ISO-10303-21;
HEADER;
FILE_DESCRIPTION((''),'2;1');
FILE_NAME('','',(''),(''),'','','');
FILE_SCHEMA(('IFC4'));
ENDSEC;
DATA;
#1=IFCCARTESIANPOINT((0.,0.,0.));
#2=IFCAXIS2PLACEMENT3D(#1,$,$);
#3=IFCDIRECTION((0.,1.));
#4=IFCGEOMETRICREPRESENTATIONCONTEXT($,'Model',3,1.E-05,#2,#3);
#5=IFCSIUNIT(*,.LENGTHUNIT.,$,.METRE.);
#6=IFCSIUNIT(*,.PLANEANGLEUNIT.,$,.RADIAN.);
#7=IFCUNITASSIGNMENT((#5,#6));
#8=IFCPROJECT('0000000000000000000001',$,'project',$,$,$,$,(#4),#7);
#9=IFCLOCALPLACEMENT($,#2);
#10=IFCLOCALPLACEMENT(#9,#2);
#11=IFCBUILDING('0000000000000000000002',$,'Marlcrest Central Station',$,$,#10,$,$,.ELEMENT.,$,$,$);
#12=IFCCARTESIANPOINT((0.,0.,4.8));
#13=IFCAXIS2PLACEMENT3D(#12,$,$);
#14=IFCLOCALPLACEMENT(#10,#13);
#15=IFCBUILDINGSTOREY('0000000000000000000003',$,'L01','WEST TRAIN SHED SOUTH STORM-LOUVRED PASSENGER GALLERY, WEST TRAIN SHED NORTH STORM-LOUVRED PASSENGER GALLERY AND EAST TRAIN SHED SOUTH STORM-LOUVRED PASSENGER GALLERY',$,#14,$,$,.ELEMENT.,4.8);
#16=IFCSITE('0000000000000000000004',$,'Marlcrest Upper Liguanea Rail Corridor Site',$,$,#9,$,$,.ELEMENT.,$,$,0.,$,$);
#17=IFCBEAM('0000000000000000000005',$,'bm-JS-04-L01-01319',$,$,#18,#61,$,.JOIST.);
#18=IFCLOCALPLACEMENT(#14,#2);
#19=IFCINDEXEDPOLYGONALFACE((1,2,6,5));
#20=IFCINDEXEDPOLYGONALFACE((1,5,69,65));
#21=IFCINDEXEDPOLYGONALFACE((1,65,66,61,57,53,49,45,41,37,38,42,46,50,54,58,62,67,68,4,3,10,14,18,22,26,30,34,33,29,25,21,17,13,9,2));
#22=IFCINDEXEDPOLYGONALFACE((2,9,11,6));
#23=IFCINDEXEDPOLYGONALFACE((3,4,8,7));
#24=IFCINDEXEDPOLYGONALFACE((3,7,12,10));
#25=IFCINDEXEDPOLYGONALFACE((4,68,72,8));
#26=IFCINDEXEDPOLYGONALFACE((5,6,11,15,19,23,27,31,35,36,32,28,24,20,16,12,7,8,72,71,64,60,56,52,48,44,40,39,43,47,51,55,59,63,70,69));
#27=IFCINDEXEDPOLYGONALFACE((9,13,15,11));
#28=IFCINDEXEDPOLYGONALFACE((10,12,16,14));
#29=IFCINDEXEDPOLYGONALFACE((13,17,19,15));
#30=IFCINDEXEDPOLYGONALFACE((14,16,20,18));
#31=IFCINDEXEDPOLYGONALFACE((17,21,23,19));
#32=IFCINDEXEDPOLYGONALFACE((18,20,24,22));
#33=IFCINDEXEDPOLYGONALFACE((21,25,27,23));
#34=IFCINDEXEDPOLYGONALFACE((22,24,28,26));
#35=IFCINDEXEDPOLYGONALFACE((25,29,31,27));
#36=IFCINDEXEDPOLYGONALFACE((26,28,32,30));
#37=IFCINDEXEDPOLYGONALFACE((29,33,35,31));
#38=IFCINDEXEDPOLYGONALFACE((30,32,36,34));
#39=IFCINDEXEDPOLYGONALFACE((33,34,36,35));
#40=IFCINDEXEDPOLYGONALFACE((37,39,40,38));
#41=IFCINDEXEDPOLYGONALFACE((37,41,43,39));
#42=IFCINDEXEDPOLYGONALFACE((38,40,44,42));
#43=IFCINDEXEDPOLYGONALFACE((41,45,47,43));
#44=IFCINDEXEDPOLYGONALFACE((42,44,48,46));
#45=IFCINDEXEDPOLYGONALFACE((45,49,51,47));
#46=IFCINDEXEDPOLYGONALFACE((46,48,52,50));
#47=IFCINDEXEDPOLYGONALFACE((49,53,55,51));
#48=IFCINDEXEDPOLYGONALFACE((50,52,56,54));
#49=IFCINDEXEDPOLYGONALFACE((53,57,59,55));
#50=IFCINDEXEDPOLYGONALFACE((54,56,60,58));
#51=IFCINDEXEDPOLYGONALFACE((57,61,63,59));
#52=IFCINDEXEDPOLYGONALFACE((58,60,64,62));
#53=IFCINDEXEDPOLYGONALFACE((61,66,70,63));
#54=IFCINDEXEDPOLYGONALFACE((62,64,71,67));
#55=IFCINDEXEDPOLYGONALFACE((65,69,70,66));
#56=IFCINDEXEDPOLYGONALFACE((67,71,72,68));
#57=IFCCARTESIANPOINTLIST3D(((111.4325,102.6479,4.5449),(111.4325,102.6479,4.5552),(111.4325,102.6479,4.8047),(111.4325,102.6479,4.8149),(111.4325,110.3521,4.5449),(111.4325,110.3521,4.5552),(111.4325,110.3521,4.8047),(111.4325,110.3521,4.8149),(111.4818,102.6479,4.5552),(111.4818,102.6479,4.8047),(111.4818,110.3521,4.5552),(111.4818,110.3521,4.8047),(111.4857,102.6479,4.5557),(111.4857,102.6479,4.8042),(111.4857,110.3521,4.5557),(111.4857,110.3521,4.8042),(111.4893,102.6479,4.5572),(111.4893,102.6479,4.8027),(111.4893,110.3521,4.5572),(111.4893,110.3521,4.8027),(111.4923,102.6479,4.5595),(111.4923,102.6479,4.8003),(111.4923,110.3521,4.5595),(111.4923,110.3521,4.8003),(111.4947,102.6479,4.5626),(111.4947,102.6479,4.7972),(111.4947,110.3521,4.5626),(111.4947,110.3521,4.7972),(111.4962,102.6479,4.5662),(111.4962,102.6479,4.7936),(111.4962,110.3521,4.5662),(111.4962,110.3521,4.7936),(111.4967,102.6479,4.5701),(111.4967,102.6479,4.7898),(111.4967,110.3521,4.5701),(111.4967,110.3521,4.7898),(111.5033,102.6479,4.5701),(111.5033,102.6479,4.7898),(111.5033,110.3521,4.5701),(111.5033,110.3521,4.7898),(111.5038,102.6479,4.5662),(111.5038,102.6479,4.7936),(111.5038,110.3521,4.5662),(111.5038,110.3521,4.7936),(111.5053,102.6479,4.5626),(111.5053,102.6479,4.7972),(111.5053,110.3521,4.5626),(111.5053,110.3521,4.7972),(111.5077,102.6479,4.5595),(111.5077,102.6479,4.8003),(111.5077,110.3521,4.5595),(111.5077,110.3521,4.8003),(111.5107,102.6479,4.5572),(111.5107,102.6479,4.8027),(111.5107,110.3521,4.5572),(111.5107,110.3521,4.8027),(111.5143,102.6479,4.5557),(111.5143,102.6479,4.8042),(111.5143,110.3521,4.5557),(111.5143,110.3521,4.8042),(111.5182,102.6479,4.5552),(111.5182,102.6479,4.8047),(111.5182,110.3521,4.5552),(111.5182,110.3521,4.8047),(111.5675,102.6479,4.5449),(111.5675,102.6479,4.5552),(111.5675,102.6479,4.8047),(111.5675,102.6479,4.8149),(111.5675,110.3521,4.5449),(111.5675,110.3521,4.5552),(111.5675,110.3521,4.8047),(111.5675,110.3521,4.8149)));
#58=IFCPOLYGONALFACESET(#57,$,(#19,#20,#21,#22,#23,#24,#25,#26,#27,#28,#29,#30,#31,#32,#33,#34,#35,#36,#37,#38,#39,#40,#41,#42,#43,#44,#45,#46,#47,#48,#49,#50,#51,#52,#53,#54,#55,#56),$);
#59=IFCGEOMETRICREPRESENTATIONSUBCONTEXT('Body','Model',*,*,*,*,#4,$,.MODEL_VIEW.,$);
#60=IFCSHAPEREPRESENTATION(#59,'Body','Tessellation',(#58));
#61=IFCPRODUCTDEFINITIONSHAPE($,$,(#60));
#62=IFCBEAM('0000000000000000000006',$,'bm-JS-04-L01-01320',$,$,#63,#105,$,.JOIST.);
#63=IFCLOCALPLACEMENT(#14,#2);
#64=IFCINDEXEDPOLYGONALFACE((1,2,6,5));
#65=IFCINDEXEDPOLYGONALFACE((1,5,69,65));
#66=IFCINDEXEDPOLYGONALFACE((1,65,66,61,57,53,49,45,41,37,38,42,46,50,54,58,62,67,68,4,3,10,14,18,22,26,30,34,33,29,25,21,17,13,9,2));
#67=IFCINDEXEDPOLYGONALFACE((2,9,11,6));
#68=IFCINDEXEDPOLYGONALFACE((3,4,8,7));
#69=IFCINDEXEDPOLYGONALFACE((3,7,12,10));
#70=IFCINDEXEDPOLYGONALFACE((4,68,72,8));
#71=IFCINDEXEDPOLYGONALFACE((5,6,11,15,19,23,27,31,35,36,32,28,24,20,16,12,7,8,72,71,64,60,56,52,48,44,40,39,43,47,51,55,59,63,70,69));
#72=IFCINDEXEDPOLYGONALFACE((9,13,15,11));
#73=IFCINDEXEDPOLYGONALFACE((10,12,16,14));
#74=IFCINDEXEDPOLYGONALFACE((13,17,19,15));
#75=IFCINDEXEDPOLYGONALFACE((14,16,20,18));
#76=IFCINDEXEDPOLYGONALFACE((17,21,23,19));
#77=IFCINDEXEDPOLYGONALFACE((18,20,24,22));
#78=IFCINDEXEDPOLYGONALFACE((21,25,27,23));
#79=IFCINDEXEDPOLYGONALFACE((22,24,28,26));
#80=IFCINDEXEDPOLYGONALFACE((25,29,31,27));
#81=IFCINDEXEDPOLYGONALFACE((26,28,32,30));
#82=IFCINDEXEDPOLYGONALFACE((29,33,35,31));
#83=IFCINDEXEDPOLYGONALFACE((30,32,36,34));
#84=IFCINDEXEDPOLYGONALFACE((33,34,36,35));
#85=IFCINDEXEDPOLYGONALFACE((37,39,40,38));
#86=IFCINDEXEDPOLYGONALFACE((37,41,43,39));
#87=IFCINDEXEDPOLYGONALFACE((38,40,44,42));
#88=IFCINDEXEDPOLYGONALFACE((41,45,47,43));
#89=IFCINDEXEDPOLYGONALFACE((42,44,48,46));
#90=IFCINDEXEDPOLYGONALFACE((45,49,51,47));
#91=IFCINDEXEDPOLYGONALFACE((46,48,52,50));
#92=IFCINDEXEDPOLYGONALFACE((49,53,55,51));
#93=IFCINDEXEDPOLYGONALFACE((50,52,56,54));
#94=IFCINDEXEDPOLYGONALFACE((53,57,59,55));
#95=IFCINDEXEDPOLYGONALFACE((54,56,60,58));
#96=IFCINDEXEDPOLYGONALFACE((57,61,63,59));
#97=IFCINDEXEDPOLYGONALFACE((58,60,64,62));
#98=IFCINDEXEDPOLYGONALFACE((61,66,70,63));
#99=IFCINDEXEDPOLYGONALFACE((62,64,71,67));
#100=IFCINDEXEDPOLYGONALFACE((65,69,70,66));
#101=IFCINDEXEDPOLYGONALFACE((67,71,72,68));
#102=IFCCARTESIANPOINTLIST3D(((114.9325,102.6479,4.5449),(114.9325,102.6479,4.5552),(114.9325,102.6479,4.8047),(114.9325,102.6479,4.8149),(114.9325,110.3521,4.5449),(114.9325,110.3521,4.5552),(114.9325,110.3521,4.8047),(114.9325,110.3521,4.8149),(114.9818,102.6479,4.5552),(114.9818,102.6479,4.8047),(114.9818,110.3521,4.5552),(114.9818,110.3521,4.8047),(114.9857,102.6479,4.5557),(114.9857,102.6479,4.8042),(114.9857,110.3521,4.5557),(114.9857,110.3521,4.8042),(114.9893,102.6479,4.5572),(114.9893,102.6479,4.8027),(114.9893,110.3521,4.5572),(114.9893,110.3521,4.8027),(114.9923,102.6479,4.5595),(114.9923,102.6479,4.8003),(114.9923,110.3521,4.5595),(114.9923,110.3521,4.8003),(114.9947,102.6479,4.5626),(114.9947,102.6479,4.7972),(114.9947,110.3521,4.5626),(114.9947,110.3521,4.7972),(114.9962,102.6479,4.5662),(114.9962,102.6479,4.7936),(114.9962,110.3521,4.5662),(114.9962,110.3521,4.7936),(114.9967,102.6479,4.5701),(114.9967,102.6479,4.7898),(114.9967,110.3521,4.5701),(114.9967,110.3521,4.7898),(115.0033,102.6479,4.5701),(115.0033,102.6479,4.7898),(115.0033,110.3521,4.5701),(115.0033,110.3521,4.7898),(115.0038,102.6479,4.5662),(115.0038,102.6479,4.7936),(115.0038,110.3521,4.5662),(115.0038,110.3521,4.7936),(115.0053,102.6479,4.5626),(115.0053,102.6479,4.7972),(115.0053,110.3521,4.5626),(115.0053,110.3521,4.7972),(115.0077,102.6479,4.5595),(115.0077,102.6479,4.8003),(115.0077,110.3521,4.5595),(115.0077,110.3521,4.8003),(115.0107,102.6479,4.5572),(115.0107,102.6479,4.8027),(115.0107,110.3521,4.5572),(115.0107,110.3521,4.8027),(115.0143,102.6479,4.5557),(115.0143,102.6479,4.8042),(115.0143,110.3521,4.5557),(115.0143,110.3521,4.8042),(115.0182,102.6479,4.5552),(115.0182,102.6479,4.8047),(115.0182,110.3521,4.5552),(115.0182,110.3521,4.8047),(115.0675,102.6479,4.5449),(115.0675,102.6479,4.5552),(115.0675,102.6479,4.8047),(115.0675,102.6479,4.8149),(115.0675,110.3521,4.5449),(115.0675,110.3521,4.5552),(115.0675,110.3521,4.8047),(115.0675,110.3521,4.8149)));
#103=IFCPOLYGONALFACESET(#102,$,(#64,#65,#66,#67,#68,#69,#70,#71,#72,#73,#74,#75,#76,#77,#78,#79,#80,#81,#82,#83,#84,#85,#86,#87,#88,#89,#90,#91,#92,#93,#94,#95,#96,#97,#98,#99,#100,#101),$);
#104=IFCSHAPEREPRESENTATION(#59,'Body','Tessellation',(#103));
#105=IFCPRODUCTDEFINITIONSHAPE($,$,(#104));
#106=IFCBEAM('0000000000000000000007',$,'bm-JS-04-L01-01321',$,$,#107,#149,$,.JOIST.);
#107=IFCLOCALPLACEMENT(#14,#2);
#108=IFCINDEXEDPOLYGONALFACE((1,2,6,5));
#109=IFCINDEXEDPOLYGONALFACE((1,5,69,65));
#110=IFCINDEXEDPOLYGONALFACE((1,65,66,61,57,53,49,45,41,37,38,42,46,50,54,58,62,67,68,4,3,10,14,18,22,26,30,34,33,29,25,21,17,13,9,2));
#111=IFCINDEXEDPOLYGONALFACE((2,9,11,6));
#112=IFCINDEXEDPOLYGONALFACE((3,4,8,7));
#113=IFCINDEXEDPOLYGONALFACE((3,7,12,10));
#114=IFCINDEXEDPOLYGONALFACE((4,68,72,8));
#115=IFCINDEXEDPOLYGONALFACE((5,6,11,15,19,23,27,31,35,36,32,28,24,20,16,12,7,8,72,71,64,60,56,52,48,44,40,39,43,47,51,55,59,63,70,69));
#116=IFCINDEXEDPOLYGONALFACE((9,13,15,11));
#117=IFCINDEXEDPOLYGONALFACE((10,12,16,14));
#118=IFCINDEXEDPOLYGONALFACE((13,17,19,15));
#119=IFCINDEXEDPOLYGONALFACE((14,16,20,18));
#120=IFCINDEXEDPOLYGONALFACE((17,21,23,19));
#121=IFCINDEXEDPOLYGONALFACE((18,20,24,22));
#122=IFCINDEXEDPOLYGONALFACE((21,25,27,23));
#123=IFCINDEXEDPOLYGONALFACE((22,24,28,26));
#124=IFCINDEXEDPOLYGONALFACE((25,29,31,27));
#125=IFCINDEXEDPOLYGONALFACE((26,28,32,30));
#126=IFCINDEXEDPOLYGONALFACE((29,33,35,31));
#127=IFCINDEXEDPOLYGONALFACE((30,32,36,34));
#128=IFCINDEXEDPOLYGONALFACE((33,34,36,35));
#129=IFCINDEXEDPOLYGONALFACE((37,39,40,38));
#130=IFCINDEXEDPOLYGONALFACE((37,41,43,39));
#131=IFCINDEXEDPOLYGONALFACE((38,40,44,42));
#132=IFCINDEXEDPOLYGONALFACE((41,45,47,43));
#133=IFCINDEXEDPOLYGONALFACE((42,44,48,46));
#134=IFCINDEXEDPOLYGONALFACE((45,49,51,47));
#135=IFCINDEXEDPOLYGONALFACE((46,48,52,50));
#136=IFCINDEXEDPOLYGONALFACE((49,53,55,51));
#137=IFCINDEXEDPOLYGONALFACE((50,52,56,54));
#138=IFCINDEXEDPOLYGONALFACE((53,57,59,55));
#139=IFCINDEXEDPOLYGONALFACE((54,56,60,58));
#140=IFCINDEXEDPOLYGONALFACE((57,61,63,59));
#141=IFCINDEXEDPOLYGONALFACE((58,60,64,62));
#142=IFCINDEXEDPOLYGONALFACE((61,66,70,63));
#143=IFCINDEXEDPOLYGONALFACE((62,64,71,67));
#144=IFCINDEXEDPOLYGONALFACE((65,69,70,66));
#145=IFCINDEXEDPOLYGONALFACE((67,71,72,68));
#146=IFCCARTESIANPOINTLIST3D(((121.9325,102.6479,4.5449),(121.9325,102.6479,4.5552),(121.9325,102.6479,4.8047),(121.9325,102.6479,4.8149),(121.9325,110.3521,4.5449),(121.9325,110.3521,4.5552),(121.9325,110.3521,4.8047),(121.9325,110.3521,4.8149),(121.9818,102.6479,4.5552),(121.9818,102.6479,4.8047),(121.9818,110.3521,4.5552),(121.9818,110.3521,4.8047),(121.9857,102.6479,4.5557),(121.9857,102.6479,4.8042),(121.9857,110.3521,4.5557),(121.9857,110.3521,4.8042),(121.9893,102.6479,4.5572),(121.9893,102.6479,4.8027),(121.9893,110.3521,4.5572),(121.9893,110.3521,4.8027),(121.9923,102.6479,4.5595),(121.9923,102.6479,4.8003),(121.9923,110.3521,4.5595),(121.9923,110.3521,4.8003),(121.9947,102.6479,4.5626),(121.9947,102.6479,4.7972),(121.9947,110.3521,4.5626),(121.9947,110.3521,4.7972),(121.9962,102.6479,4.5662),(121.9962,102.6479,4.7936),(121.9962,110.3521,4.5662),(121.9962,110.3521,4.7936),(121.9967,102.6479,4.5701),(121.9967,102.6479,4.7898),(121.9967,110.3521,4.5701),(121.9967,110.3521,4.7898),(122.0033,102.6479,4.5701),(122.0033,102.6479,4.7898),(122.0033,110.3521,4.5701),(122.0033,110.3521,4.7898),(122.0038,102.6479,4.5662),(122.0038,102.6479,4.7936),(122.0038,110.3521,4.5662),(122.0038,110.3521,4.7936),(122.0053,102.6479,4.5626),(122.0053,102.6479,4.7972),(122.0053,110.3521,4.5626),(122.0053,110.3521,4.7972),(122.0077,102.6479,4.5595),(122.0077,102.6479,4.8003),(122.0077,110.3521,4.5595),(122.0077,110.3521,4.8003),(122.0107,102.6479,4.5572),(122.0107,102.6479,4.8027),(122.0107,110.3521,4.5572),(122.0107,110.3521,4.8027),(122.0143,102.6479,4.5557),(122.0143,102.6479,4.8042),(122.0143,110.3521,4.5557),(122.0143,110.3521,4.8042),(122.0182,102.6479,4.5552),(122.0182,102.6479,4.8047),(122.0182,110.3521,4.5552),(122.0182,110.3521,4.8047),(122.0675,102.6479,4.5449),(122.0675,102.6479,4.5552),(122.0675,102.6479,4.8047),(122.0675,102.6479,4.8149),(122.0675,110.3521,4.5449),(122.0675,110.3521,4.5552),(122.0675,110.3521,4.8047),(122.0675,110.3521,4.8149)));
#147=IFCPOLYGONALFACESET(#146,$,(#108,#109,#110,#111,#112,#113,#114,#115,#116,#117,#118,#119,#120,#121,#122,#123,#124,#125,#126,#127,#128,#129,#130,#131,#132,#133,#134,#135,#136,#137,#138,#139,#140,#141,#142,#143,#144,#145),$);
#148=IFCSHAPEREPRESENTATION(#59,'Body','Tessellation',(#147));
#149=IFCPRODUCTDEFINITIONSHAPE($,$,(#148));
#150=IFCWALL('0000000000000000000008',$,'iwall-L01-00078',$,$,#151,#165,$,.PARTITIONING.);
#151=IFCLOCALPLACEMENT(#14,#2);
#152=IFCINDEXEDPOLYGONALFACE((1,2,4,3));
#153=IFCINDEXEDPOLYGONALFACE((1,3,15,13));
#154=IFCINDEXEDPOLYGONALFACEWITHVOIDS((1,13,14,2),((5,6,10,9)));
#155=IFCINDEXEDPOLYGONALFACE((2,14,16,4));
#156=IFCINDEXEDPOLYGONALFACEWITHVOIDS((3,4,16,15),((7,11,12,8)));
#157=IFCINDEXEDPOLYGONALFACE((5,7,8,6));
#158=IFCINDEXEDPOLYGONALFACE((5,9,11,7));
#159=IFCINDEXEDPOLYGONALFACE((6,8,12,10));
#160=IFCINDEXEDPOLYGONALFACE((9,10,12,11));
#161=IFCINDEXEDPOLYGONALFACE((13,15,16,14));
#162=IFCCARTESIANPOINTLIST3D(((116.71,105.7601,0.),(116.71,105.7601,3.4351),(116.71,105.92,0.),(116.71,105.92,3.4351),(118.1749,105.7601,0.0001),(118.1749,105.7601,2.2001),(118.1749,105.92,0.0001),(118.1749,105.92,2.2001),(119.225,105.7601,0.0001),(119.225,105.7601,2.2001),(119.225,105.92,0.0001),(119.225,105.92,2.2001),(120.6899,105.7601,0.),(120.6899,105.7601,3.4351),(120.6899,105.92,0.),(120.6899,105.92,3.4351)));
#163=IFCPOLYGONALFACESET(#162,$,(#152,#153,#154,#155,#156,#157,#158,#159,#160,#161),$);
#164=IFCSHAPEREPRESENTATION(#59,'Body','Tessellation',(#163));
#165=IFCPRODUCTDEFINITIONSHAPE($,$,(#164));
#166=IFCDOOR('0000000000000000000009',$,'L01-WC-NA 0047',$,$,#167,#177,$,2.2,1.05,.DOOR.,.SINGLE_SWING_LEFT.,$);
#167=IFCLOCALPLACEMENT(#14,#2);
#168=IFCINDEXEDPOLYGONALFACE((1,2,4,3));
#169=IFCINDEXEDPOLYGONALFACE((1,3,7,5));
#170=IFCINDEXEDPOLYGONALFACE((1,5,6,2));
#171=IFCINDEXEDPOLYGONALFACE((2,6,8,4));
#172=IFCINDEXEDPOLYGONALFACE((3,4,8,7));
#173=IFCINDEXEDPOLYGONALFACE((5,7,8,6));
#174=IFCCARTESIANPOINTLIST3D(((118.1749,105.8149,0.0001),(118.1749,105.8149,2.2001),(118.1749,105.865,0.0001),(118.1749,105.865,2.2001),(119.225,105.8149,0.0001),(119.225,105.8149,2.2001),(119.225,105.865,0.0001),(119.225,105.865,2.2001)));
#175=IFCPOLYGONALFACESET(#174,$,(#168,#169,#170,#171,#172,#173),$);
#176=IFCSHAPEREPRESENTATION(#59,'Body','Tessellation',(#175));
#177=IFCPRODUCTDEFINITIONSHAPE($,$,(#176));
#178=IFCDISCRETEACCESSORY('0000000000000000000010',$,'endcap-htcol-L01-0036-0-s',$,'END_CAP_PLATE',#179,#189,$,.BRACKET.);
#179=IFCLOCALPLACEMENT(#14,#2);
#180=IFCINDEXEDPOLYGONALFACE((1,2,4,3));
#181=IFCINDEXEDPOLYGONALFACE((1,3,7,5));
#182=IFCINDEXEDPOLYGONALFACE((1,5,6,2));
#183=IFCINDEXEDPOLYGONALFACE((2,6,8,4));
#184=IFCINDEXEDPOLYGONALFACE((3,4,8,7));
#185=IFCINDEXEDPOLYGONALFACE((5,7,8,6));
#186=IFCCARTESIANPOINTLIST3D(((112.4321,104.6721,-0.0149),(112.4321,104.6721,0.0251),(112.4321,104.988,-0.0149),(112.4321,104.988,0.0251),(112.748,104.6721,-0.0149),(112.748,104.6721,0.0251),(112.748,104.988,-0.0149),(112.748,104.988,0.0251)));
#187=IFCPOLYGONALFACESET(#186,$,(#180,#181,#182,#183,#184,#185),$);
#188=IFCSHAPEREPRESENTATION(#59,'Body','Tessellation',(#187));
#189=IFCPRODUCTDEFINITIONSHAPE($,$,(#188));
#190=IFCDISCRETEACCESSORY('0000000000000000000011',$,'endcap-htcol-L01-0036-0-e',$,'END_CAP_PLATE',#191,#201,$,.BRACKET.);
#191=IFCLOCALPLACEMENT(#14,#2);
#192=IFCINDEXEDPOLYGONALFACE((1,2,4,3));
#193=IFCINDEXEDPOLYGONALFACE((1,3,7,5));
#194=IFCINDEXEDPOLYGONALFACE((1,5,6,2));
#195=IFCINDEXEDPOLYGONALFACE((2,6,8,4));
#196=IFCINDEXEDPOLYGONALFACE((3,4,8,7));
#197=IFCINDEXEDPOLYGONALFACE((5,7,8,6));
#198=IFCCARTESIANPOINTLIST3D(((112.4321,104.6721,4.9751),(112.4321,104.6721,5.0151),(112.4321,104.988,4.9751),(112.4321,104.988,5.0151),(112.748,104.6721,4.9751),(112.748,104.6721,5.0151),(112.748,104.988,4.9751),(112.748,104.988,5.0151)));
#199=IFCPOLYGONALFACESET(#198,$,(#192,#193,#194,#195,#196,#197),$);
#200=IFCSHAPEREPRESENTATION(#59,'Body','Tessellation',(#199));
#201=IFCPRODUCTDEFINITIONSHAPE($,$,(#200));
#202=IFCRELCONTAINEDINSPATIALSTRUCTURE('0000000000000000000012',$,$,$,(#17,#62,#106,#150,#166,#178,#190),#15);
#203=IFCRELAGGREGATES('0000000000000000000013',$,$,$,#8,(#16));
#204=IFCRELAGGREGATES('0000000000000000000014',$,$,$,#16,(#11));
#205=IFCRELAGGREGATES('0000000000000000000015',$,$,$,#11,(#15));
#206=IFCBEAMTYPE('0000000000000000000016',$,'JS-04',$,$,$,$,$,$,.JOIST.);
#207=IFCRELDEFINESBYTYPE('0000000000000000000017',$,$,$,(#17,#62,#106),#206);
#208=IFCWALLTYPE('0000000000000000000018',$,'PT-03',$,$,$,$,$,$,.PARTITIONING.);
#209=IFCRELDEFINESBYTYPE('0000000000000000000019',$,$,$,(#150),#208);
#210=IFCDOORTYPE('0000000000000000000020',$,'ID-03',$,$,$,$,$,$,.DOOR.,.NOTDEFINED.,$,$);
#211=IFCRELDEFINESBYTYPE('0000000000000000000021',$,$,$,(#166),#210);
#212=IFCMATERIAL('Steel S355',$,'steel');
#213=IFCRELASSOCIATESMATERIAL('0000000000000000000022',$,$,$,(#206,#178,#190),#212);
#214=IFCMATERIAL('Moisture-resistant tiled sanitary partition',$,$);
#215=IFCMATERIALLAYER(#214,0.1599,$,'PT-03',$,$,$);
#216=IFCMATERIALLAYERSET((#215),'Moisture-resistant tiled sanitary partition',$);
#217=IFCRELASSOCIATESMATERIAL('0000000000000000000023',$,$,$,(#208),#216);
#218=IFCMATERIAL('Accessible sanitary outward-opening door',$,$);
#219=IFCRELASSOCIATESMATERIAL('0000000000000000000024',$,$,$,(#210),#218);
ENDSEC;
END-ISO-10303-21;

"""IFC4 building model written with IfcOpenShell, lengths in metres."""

from ifc_helpers import new_model, si_unit, direction, frame, frame_2d, origin, origin_2d, place, context, subcontext, project, spatial, rectangle, i_section, extrude, material, layer, layer_set, material_profile, profile_set, type_object, element, fill, save


model = new_model("IFC4")

# Units and contexts
model_context = context("Model", 3, precision=1e-05, world=origin(), true_north=direction((0.0, 1.0)))
body_context = subcontext(model_context, "Body", "Model", "MODEL_VIEW")
ifc_project = project(units=[si_unit("LENGTHUNIT", "METRE"), si_unit("PLANEANGLEUNIT", "RADIAN")], contexts=[model_context])

# Site, building, storey
site_placement = place(None, origin())
site = spatial("IfcSite", under=ifc_project, at=site_placement, Name="Marlcrest Upper Liguanea Rail Corridor Site", CompositionType="ELEMENT", RefElevation=0.0)
building_placement = place(site_placement, origin())
building = spatial("IfcBuilding", under=site, at=building_placement, Name="Marlcrest Central Station", CompositionType="ELEMENT")
storey_placement = place(building_placement, frame((0.0, 0.0, 4.8)))
storey = spatial("IfcBuildingStorey", under=building, at=storey_placement, Name="L01", Description="WEST TRAIN SHED SOUTH STORM-LOUVRED PASSENGER GALLERY, WEST TRAIN SHED NORTH STORM-LOUVRED PASSENGER GALLERY AND EAST TRAIN SHED SOUTH STORM-LOUVRED PASSENGER GALLERY", CompositionType="ELEMENT", Elevation=4.8)

# Shared definitions
ifc_material_1 = material(Name="Steel S355", Category="steel")

# Beams
ifc_material_profile_1 = material_profile(ifc_material_1, i_section(OverallWidth=0.135, OverallDepth=0.27, WebThickness=0.0066, FlangeThickness=0.0103, FilletRadius=0.0149, at=origin_2d()), Name="IPE 270")
ifc_profile_set_1 = profile_set([ifc_material_profile_1], Name="Steel S355")
beam_type_1 = type_object("IfcBeamType", Name="JS-04", PredefinedType="JOIST", material=ifc_profile_set_1)
for number, where, z_axis, x_axis, name in (
    (1, (111.5, 102.6479, 4.6799), (0.0, 1.0, 0.0), (-1.0, 0.0, 0.0), "bm-JS-04-L01-01319"),
    (2, (115.0, 102.6479, 4.6799), (0.0, 1.0, 0.0), (-1.0, 0.0, 0.0), "bm-JS-04-L01-01320"),
    (3, (122.0, 102.6479, 4.6799), (0.0, 1.0, 0.0), (-1.0, 0.0, 0.0), "bm-JS-04-L01-01321"),
):
    element("IfcBeam", number, at=place(storey_placement, frame(where, z_axis=z_axis, x_axis=x_axis)), inside=storey, type_object=beam_type_1, Name=name, PredefinedType="JOIST", context=body_context, shape_type="SweptSolid", body=[
        extrude(i_section(OverallWidth=0.135, OverallDepth=0.27, WebThickness=0.0066, FlangeThickness=0.0103, FilletRadius=0.0149, at=origin_2d()), origin(), (0.0, 0.0, 1.0), 7.7041),
    ])

# Wall, opening, door
ifc_material_2 = material(Name="Moisture-resistant tiled sanitary partition")
ifc_layer = layer(ifc_material_2, 0.1599, Name="PT-03")
ifc_layer_set = layer_set([ifc_layer], Name="Moisture-resistant tiled sanitary partition")
wall_type = type_object("IfcWallType", Name="PT-03", PredefinedType="PARTITIONING", material=ifc_layer_set)
wall_placement = place(storey_placement, frame((116.71, 105.8401, 0.0), z_axis=(0.0, 0.0, 1.0), x_axis=(1.0, 0.0, 0.0)))
wall = element("IfcWall", 4, at=wall_placement, inside=storey, type_object=wall_type, Name="iwall-L01-00078", PredefinedType="PARTITIONING", context=body_context, shape_type="SweptSolid", body=[
    extrude(rectangle(XDim=3.98, YDim=0.1599, at=frame_2d((1.99, 0.0))), origin(), (0.0, 0.0, 1.0), 3.4351),
])
opening_placement = place(wall_placement, frame((1.4651, 0.0, 0.0)))
opening = element("IfcOpeningElement", 5, at=opening_placement, cuts=wall, PredefinedType="OPENING", context=body_context, shape_type="SweptSolid", body=[
    extrude(rectangle(XDim=1.05, YDim=2.2, at=frame_2d((0.5249, 1.1001))), frame((0.0, 0.0898, 0.0), z_axis=(0.0, -1.0, 0.0), x_axis=(1.0, 0.0, 0.0)), (0.0, 0.0, 1.0), 0.1799),
])
ifc_material_3 = material(Name="Accessible sanitary outward-opening door")
door_type = type_object("IfcDoorType", Name="ID-03", OperationType="NOTDEFINED", PredefinedType="DOOR", material=ifc_material_3)
door_placement = place(opening_placement, origin())
door = element("IfcDoor", 6, at=door_placement, inside=storey, type_object=door_type, Name="L01-WC-NA 0047", OperationType="SINGLE_SWING_LEFT", OverallHeight=2.2, OverallWidth=1.05, PredefinedType="DOOR", context=body_context, shape_type="SweptSolid", body=[
    extrude(rectangle(XDim=1.05, YDim=2.2, at=frame_2d((0.5249, 1.1001))), frame((0.0, 0.0249, 0.0), z_axis=(0.0, -1.0, 0.0), x_axis=(1.0, 0.0, 0.0)), (0.0, 0.0, 1.0), 0.05),
])
fill(opening, door)

# Discrete accessories
for number, where, z_axis, x_axis, name in (
    (7, (112.5901, 104.8301, -0.0149), (0.0, 0.0, 1.0), (1.0, 0.0, 0.0), "endcap-htcol-L01-0036-0-s"),
    (8, (112.5901, 104.8301, 4.9751), (0.0, 0.0, 1.0), (1.0, 0.0, 0.0), "endcap-htcol-L01-0036-0-e"),
):
    element("IfcDiscreteAccessory", number, at=place(storey_placement, frame(where, z_axis=z_axis, x_axis=x_axis)), inside=storey, material=ifc_material_1, Name=name, ObjectType="END_CAP_PLATE", PredefinedType="BRACKET", context=body_context, shape_type="SweptSolid", body=[
        extrude(rectangle(XDim=0.3159, YDim=0.3159, at=origin_2d()), origin(), (0.0, 0.0, 1.0), 0.04),
    ])

save(model, "model.ifc")
